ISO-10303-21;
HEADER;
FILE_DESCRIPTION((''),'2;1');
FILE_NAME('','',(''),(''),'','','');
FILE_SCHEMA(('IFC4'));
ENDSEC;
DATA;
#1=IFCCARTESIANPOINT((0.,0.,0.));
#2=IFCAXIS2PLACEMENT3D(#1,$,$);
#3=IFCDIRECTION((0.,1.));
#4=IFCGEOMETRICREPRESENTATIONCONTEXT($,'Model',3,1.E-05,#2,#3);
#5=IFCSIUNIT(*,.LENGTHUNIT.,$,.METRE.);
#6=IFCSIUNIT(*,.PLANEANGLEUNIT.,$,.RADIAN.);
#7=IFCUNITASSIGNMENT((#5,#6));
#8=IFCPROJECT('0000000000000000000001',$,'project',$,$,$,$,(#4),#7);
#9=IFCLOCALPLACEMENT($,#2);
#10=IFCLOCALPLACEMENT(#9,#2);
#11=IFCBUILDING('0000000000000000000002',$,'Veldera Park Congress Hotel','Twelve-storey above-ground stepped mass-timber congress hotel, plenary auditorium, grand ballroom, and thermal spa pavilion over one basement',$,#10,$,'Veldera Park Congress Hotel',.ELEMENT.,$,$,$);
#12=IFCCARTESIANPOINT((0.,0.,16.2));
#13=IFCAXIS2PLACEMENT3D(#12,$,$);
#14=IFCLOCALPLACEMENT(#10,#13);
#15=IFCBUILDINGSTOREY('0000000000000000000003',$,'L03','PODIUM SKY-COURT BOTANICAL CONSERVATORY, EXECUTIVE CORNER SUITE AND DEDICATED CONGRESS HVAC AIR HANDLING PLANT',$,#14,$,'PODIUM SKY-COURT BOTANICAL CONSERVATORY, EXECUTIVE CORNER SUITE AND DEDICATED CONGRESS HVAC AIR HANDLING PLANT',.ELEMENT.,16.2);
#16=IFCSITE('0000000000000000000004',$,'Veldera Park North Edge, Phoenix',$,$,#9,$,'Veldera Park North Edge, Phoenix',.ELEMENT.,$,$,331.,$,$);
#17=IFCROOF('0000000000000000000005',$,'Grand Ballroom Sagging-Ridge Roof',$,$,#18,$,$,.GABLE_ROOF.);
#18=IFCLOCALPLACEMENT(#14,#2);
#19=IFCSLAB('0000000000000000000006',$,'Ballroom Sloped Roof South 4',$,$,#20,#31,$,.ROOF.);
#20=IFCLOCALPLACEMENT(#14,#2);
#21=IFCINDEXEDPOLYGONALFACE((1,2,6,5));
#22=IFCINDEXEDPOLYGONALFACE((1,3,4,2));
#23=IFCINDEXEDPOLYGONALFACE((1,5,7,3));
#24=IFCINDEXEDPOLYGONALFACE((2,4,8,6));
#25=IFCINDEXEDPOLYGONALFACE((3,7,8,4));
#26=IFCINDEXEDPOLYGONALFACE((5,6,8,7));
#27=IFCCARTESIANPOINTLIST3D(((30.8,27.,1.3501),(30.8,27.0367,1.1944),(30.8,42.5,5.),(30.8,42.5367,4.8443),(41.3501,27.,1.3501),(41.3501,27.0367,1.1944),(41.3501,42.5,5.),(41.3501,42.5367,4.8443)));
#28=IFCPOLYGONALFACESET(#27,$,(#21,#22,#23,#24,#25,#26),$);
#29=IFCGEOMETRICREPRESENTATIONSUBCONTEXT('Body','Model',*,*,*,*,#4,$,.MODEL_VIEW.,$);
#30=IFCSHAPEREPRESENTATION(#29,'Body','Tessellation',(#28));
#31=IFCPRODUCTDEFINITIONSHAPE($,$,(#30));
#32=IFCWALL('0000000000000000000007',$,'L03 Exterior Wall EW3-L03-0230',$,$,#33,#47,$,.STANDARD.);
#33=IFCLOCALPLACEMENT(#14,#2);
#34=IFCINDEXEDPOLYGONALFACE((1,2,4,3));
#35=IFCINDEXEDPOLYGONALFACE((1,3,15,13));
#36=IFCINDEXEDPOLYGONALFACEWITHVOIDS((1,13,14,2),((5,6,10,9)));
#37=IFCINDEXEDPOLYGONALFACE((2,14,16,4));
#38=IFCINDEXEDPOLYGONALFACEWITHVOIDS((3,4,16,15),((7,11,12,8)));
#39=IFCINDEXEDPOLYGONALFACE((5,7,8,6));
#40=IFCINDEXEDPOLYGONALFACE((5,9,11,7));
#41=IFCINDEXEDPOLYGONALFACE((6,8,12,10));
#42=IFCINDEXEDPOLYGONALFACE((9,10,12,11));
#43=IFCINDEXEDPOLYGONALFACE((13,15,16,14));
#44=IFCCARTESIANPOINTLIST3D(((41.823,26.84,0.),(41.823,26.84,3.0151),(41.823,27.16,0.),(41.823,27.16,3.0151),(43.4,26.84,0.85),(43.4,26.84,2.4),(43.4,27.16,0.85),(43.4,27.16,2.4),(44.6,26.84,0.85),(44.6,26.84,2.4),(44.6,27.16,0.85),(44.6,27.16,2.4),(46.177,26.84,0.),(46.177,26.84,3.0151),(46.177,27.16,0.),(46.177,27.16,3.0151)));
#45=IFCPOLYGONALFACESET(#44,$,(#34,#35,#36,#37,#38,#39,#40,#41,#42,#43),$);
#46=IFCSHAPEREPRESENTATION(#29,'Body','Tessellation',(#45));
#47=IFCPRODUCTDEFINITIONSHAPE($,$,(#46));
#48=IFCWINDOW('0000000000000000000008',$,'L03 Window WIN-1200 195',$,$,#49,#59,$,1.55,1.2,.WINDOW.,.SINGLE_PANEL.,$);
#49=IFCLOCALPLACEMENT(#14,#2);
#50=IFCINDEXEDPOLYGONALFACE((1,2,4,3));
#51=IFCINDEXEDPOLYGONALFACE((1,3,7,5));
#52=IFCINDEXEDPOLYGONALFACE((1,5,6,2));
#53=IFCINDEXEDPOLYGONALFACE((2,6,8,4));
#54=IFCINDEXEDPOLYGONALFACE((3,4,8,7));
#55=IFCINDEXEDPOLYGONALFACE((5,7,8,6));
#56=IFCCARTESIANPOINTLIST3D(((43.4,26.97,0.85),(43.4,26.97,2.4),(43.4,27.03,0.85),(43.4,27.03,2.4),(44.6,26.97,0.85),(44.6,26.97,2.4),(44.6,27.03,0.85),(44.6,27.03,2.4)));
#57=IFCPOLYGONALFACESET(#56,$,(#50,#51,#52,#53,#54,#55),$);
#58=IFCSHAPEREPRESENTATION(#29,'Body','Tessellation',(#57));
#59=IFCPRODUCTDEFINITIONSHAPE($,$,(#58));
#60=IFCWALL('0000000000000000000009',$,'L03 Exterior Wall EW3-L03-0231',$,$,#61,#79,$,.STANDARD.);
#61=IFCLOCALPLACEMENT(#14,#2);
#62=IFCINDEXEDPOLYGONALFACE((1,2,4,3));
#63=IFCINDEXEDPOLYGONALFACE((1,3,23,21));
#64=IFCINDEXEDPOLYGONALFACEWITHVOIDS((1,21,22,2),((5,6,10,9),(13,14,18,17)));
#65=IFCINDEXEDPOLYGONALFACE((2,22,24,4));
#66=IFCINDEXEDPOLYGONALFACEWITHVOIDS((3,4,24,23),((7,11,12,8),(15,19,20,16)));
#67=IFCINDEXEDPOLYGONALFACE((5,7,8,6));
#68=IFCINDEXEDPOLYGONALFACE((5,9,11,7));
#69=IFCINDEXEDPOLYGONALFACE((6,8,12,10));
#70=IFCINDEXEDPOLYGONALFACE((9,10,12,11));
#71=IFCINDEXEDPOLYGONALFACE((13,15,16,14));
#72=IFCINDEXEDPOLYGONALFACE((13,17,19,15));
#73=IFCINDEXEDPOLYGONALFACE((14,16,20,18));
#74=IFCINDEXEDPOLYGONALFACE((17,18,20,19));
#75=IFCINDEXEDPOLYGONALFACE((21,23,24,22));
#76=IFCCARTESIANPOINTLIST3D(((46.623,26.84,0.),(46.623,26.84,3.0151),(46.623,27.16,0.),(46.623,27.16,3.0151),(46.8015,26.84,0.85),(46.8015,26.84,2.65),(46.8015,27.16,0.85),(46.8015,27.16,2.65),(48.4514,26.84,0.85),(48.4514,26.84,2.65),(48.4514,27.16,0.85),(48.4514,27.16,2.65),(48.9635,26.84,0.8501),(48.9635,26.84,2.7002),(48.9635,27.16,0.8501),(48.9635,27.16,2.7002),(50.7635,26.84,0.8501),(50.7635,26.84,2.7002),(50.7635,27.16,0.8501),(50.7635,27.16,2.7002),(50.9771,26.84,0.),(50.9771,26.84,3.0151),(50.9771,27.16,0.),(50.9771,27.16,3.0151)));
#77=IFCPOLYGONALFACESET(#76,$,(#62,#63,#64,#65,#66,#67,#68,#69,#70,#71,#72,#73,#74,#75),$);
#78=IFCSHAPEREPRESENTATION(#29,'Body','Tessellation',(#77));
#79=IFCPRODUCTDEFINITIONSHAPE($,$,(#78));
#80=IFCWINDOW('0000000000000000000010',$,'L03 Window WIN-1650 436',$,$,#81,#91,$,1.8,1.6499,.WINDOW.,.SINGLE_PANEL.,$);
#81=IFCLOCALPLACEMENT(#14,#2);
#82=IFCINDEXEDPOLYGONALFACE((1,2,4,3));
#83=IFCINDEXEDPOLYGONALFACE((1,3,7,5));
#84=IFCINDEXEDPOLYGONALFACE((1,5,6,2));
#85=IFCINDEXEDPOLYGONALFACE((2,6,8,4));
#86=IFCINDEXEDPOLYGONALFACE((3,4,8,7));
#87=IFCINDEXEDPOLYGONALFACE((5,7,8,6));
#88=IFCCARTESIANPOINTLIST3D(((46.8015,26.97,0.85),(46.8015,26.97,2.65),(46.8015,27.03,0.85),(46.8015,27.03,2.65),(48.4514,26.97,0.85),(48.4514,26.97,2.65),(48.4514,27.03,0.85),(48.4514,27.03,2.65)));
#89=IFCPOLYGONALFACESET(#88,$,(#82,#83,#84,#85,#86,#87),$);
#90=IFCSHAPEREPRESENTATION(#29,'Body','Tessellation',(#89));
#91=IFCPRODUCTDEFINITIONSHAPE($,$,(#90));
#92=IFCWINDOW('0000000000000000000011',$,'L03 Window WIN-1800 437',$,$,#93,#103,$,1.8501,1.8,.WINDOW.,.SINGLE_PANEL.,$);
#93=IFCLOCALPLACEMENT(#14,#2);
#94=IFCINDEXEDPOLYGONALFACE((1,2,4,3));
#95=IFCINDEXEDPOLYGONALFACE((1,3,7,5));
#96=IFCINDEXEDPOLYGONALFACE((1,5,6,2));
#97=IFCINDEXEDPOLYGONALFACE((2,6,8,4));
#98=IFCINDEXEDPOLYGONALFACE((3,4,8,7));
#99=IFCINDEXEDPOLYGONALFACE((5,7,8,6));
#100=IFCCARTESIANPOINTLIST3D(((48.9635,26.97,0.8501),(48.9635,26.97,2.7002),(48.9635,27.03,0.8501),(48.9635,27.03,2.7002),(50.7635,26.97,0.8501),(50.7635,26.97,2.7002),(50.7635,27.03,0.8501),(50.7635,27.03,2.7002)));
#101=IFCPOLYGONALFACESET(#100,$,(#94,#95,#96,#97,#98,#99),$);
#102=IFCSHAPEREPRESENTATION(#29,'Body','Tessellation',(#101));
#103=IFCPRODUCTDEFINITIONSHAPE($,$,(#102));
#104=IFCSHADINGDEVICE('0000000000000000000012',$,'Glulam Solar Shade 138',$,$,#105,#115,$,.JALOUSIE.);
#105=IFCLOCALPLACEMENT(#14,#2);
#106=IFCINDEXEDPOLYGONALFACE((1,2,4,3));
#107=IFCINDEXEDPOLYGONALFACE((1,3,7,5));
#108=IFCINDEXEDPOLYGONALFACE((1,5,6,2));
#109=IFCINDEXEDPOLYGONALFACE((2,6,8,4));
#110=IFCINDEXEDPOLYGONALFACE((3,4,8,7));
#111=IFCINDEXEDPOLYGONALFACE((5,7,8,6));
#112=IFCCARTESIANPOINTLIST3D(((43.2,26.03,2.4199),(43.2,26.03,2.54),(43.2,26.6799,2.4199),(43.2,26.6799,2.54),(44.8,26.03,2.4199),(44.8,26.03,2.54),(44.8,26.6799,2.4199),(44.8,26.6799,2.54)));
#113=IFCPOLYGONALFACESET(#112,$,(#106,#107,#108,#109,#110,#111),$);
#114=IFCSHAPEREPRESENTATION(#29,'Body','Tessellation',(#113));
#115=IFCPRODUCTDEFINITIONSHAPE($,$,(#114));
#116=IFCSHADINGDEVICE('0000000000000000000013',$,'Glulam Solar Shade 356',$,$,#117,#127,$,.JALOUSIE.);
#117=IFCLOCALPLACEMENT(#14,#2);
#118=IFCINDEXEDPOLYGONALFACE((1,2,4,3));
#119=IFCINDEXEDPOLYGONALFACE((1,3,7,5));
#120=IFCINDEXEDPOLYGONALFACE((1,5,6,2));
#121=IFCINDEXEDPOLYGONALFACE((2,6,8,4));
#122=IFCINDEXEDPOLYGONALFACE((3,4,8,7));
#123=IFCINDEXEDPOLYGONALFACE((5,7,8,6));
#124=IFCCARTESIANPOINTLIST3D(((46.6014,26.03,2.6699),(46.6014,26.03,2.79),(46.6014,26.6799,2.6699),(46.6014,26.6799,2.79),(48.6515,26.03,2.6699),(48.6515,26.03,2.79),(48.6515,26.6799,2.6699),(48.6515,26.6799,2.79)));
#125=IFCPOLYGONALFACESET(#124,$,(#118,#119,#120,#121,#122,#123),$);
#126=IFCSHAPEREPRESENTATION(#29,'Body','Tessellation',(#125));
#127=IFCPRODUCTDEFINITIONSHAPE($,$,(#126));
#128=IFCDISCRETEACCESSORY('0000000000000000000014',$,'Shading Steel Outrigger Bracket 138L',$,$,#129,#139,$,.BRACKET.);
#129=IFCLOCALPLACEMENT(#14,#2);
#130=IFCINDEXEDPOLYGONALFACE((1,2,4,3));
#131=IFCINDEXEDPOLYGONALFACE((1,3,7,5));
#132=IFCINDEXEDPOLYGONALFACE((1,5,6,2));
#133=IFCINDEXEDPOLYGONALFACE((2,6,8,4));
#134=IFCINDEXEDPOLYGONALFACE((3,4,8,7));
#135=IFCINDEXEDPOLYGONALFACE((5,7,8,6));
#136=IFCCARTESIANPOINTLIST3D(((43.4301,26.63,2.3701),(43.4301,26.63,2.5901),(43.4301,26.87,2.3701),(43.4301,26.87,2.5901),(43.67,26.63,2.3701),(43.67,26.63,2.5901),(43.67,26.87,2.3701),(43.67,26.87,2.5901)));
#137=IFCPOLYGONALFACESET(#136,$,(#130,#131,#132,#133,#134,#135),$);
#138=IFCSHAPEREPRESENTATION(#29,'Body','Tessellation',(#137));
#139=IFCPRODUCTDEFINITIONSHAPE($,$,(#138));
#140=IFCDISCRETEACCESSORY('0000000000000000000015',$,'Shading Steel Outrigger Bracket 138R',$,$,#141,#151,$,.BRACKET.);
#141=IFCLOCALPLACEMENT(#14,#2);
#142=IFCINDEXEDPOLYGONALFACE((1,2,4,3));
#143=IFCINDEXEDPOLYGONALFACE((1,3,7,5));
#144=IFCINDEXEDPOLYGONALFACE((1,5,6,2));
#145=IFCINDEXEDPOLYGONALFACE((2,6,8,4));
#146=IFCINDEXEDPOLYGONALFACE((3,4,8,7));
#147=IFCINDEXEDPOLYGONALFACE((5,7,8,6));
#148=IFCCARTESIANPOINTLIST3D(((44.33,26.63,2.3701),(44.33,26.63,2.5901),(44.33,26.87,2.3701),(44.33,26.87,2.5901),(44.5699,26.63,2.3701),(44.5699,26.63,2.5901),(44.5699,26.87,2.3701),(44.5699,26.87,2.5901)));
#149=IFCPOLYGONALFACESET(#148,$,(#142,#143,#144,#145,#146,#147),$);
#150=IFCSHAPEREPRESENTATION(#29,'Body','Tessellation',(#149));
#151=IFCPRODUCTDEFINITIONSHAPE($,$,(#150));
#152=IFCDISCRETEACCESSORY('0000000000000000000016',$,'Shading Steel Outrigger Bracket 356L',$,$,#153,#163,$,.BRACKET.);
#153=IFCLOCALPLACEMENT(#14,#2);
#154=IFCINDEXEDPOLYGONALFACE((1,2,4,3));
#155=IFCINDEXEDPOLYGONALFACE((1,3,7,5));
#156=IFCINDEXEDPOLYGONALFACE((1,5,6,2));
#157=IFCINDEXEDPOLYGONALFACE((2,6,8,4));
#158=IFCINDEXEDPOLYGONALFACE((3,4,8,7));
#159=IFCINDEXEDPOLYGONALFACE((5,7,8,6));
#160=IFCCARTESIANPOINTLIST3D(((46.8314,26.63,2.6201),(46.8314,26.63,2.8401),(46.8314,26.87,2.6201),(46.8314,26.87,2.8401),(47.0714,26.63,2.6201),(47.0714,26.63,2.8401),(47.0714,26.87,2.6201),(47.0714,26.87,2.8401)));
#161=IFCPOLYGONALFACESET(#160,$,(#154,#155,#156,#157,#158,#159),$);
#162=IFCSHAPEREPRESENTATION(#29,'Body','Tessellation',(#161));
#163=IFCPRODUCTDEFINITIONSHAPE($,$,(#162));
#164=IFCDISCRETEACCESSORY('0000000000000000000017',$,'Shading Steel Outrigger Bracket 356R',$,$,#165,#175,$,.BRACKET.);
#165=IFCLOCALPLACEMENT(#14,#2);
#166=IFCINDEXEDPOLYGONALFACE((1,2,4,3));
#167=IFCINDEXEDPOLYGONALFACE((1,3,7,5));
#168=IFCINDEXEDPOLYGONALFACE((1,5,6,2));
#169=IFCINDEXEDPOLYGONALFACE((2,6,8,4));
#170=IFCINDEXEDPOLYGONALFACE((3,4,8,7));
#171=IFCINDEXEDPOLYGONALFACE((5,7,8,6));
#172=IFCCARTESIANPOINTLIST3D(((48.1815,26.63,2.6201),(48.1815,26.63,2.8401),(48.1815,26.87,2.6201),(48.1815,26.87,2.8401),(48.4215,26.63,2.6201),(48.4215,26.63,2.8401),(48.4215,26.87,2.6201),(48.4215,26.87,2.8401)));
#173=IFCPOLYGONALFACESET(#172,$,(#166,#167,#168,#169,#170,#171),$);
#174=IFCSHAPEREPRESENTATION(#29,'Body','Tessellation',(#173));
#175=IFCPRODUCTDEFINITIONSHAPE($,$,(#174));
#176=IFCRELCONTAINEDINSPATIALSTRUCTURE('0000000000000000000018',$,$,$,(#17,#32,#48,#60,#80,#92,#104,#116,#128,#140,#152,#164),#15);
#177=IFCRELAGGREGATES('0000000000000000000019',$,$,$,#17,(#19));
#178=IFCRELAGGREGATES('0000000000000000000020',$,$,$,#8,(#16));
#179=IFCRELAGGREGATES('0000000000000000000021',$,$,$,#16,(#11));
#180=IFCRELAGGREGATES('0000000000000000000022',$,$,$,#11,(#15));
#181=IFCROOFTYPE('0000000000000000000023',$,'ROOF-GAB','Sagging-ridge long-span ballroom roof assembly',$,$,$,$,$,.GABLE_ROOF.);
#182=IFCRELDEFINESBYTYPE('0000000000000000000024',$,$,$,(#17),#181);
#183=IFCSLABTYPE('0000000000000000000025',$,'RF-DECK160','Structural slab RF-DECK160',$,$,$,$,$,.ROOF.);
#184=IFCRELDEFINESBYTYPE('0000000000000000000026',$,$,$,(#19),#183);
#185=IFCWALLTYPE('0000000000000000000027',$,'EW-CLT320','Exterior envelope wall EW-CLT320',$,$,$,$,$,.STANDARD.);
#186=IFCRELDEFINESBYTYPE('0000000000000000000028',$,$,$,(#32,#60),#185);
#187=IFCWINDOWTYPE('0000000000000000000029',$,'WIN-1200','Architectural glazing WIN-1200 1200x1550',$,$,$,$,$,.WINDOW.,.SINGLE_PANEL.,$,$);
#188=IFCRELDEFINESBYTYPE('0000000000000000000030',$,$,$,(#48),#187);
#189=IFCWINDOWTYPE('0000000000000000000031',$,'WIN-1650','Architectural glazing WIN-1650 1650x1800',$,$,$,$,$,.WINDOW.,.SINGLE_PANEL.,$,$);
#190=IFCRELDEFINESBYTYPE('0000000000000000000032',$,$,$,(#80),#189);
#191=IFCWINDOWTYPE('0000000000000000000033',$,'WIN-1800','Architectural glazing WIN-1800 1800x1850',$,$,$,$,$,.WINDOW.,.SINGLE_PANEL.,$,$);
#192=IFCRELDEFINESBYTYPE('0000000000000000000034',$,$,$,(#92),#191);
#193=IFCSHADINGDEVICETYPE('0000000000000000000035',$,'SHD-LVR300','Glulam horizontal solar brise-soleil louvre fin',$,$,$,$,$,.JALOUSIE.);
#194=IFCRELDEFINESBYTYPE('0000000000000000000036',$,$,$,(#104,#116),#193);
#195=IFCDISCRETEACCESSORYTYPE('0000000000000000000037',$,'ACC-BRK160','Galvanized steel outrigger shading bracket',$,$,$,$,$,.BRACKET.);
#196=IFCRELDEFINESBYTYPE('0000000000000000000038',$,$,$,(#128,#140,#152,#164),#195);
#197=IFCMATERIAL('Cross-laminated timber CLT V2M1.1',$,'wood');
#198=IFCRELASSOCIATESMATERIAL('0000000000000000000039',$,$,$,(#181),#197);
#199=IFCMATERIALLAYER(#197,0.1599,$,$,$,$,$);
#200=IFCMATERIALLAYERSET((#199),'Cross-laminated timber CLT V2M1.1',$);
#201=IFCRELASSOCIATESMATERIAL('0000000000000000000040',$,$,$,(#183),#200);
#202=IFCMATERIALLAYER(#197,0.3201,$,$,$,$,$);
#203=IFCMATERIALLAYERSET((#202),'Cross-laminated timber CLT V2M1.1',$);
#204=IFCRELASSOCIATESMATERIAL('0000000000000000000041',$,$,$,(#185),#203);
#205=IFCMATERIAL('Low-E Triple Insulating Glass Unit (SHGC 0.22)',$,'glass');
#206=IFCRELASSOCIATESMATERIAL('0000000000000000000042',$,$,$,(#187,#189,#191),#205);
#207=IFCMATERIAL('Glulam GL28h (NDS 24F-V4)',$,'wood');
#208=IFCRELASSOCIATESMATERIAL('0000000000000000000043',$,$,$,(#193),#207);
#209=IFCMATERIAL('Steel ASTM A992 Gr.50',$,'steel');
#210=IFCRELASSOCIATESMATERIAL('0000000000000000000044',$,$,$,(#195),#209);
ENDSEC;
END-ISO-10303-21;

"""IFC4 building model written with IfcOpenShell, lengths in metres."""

from ifc_helpers import new_model, si_unit, direction, frame, frame_2d, origin, origin_2d, place, context, subcontext, project, spatial, polyline, rectangle, outline, extrude, material, layer, layer_set, type_object, element, fill, aggregate, save


model = new_model("IFC4")

# Units and contexts
model_context = context("Model", 3, precision=1e-05, world=origin(), true_north=direction((0.0, 1.0)))
body_context = subcontext(model_context, "Body", "Model", "MODEL_VIEW")
ifc_project = project(units=[si_unit("LENGTHUNIT", "METRE"), si_unit("PLANEANGLEUNIT", "RADIAN")], contexts=[model_context])

# Site, building, storey
site_placement = place(None, origin())
site = spatial("IfcSite", under=ifc_project, at=site_placement, Name="Veldera Park North Edge, Phoenix", LongName="Veldera Park North Edge, Phoenix", CompositionType="ELEMENT", RefElevation=331.0)
building_placement = place(site_placement, origin())
building = spatial("IfcBuilding", under=site, at=building_placement, Name="Veldera Park Congress Hotel", Description="Twelve-storey above-ground stepped mass-timber congress hotel, plenary auditorium, grand ballroom, and thermal spa pavilion over one basement", LongName="Veldera Park Congress Hotel", CompositionType="ELEMENT")
storey_placement = place(building_placement, frame((0.0, 0.0, 16.2)))
storey = spatial("IfcBuildingStorey", under=building, at=storey_placement, Name="L03", Description="PODIUM SKY-COURT BOTANICAL CONSERVATORY, EXECUTIVE CORNER SUITE AND DEDICATED CONGRESS HVAC AIR HANDLING PLANT", LongName="PODIUM SKY-COURT BOTANICAL CONSERVATORY, EXECUTIVE CORNER SUITE AND DEDICATED CONGRESS HVAC AIR HANDLING PLANT", CompositionType="ELEMENT", Elevation=16.2)

# Shared definitions
ifc_material_1 = material(Name="Glulam GL28h (NDS 24F-V4)", Category="wood")
ifc_material_2 = material(Name="Steel ASTM A992 Gr.50", Category="steel")

# Roof, slab
ifc_material_3 = material(Name="Cross-laminated timber CLT V2M1.1", Category="wood")
roof_type = type_object("IfcRoofType", Name="ROOF-GAB", Description="Sagging-ridge long-span ballroom roof assembly", PredefinedType="GABLE_ROOF", material=ifc_material_3)
roof_placement = place(storey_placement, origin())
roof = element("IfcRoof", 1, at=roof_placement, inside=storey, type_object=roof_type, Name="Grand Ballroom Sagging-Ridge Roof", PredefinedType="GABLE_ROOF")
ifc_layer_1 = layer(ifc_material_3, 0.1599)
ifc_layer_set_1 = layer_set([ifc_layer_1], Name="Cross-laminated timber CLT V2M1.1")
slab_type = type_object("IfcSlabType", Name="RF-DECK160", Description="Structural slab RF-DECK160", PredefinedType="ROOF", material=ifc_layer_set_1)
slab_1_placement = place(storey_placement, frame((30.8, 27.0, 1.3501), z_axis=(0.0, -0.229209, 0.973377), x_axis=(1.0, 0.0, 0.0)))
slab_1 = element("IfcSlab", 2, at=slab_1_placement, type_object=slab_type, Name="Ballroom Sloped Roof South 4", PredefinedType="ROOF", context=body_context, shape_type="SweptSolid", body=[
    extrude(outline(polyline([(0.0, 0.0), (10.55, 0.0), (10.55, 15.9239), (0.0, 15.9239), (0.0, 0.0)])), origin(), (0.0, 0.0, -1.0), 0.1599),
])
aggregate(roof, [slab_1])

# Wall, opening, window
ifc_layer_2 = layer(ifc_material_3, 0.3201)
ifc_layer_set_2 = layer_set([ifc_layer_2], Name="Cross-laminated timber CLT V2M1.1")
wall_type = type_object("IfcWallType", Name="EW-CLT320", Description="Exterior envelope wall EW-CLT320", PredefinedType="STANDARD", material=ifc_layer_set_2)
wall_1_placement = place(storey_placement, frame((41.823, 27.0, 0.0), z_axis=(0.0, 0.0, 1.0), x_axis=(1.0, 0.0, 0.0)))
wall_1 = element("IfcWall", 3, at=wall_1_placement, inside=storey, type_object=wall_type, Name="L03 Exterior Wall EW3-L03-0230", PredefinedType="STANDARD", context=body_context, shape_type="SweptSolid", body=[
    extrude(rectangle(XDim=4.354, YDim=0.3201, at=frame_2d((2.177, 0.0))), origin(), (0.0, 0.0, 1.0), 3.0151),
])
opening_1_placement = place(wall_1_placement, frame((1.5769, 0.0, 0.8501)))
opening_1 = element("IfcOpeningElement", 4, at=opening_1_placement, cuts=wall_1, PredefinedType="OPENING", context=body_context, shape_type="SweptSolid", body=[
    extrude(rectangle(XDim=1.2, YDim=1.55, at=frame_2d((0.6001, 0.7749))), frame((0.0, 0.1721, 0.0), z_axis=(0.0, -1.0, 0.0), x_axis=(1.0, 0.0, 0.0)), (0.0, 0.0, 1.0), 0.344),
])
ifc_material_4 = material(Name="Low-E Triple Insulating Glass Unit (SHGC 0.22)", Category="glass")
window_type_1 = type_object("IfcWindowType", Name="WIN-1200", Description="Architectural glazing WIN-1200 1200x1550", PartitioningType="SINGLE_PANEL", PredefinedType="WINDOW", material=ifc_material_4)
window_1_placement = place(opening_1_placement, origin())
window_1 = element("IfcWindow", 5, at=window_1_placement, inside=storey, type_object=window_type_1, Name="L03 Window WIN-1200 195", OverallHeight=1.55, OverallWidth=1.2, PartitioningType="SINGLE_PANEL", PredefinedType="WINDOW", context=body_context, shape_type="SweptSolid", body=[
    extrude(rectangle(XDim=1.2, YDim=1.55, at=frame_2d((0.6001, 0.7749))), frame((0.0, 0.03, 0.0), z_axis=(0.0, -1.0, 0.0), x_axis=(1.0, 0.0, 0.0)), (0.0, 0.0, 1.0), 0.0601),
])
fill(opening_1, window_1)

# Wall, openings, windows
wall_2_placement = place(storey_placement, frame((46.623, 27.0, 0.0), z_axis=(0.0, 0.0, 1.0), x_axis=(1.0, 0.0, 0.0)))
wall_2 = element("IfcWall", 6, at=wall_2_placement, inside=storey, type_object=wall_type, Name="L03 Exterior Wall EW3-L03-0231", PredefinedType="STANDARD", context=body_context, shape_type="SweptSolid", body=[
    extrude(rectangle(XDim=4.354, YDim=0.3201, at=frame_2d((2.177, 0.0))), origin(), (0.0, 0.0, 1.0), 3.0151),
])
opening_2_placement = place(wall_2_placement, frame((0.1785, 0.0, 0.8501)))
opening_2 = element("IfcOpeningElement", 7, at=opening_2_placement, cuts=wall_2, PredefinedType="OPENING", context=body_context, shape_type="SweptSolid", body=[
    extrude(rectangle(XDim=1.6499, YDim=1.8, at=frame_2d((0.825, 0.8999))), frame((0.0, 0.1721, 0.0), z_axis=(0.0, -1.0, 0.0), x_axis=(1.0, 0.0, 0.0)), (0.0, 0.0, 1.0), 0.344),
])
opening_3_placement = place(wall_2_placement, frame((2.3406, 0.0, 0.8501)))
opening_3 = element("IfcOpeningElement", 8, at=opening_3_placement, cuts=wall_2, PredefinedType="OPENING", context=body_context, shape_type="SweptSolid", body=[
    extrude(rectangle(XDim=1.8, YDim=1.8501, at=frame_2d((0.8999, 0.925))), frame((0.0, 0.1721, 0.0), z_axis=(0.0, -1.0, 0.0), x_axis=(1.0, 0.0, 0.0)), (0.0, 0.0, 1.0), 0.344),
])
window_type_2 = type_object("IfcWindowType", Name="WIN-1650", Description="Architectural glazing WIN-1650 1650x1800", PartitioningType="SINGLE_PANEL", PredefinedType="WINDOW", material=ifc_material_4)
window_2_placement = place(opening_2_placement, origin())
window_2 = element("IfcWindow", 9, at=window_2_placement, inside=storey, type_object=window_type_2, Name="L03 Window WIN-1650 436", OverallHeight=1.8, OverallWidth=1.6499, PartitioningType="SINGLE_PANEL", PredefinedType="WINDOW", context=body_context, shape_type="SweptSolid", body=[
    extrude(rectangle(XDim=1.6499, YDim=1.8, at=frame_2d((0.825, 0.8999))), frame((0.0, 0.03, 0.0), z_axis=(0.0, -1.0, 0.0), x_axis=(1.0, 0.0, 0.0)), (0.0, 0.0, 1.0), 0.0601),
])
fill(opening_2, window_2)
window_type_3 = type_object("IfcWindowType", Name="WIN-1800", Description="Architectural glazing WIN-1800 1800x1850", PartitioningType="SINGLE_PANEL", PredefinedType="WINDOW", material=ifc_material_4)
window_3_placement = place(opening_3_placement, origin())
window_3 = element("IfcWindow", 10, at=window_3_placement, inside=storey, type_object=window_type_3, Name="L03 Window WIN-1800 437", OverallHeight=1.8501, OverallWidth=1.8, PartitioningType="SINGLE_PANEL", PredefinedType="WINDOW", context=body_context, shape_type="SweptSolid", body=[
    extrude(rectangle(XDim=1.8, YDim=1.8501, at=frame_2d((0.8999, 0.925))), frame((0.0, 0.03, 0.0), z_axis=(0.0, -1.0, 0.0), x_axis=(1.0, 0.0, 0.0)), (0.0, 0.0, 1.0), 0.0601),
])
fill(opening_3, window_3)

# Shading devices
shading_device_type = type_object("IfcShadingDeviceType", Name="SHD-LVR300", Description="Glulam horizontal solar brise-soleil louvre fin", PredefinedType="JALOUSIE", material=ifc_material_1)
shading_device_1_placement = place(storey_placement, frame((44.0, 26.355, 2.4199), z_axis=(0.0, 0.0, 1.0), x_axis=(1.0, 0.0, 0.0)))
element("IfcShadingDevice", 11, at=shading_device_1_placement, inside=storey, type_object=shading_device_type, Name="Glulam Solar Shade 138", PredefinedType="JALOUSIE", context=body_context, shape_type="SweptSolid", body=[
    extrude(rectangle(XDim=1.6001, YDim=0.6499, at=origin_2d()), origin(), (0.0, 0.0, 1.0), 0.1201),
])
shading_device_2_placement = place(storey_placement, frame((47.6265, 26.355, 2.6699), z_axis=(0.0, 0.0, 1.0), x_axis=(1.0, 0.0, 0.0)))
element("IfcShadingDevice", 12, at=shading_device_2_placement, inside=storey, type_object=shading_device_type, Name="Glulam Solar Shade 356", PredefinedType="JALOUSIE", context=body_context, shape_type="SweptSolid", body=[
    extrude(rectangle(XDim=2.05, YDim=0.6499, at=origin_2d()), origin(), (0.0, 0.0, 1.0), 0.1201),
])

# Discrete accessories
discrete_accessory_type = type_object("IfcDiscreteAccessoryType", Name="ACC-BRK160", Description="Galvanized steel outrigger shading bracket", PredefinedType="BRACKET", material=ifc_material_2)
for number, where, z_axis, x_axis, name in (
    (13, (43.55, 26.75, 2.3701), (0.0, 0.0, 1.0), (1.0, 0.0, 0.0), "Shading Steel Outrigger Bracket 138L"),
    (14, (44.45, 26.75, 2.3701), (0.0, 0.0, 1.0), (1.0, 0.0, 0.0), "Shading Steel Outrigger Bracket 138R"),
    (15, (46.9514, 26.75, 2.6201), (0.0, 0.0, 1.0), (1.0, 0.0, 0.0), "Shading Steel Outrigger Bracket 356L"),
    (16, (48.3015, 26.75, 2.6201), (0.0, 0.0, 1.0), (1.0, 0.0, 0.0), "Shading Steel Outrigger Bracket 356R"),
):
    element("IfcDiscreteAccessory", number, at=place(storey_placement, frame(where, z_axis=z_axis, x_axis=x_axis)), inside=storey, type_object=discrete_accessory_type, Name=name, PredefinedType="BRACKET", context=body_context, shape_type="SweptSolid", body=[
        extrude(rectangle(XDim=0.24, YDim=0.24, at=origin_2d()), origin(), (0.0, 0.0, 1.0), 0.22),
    ])

save(model, "model.ifc")
